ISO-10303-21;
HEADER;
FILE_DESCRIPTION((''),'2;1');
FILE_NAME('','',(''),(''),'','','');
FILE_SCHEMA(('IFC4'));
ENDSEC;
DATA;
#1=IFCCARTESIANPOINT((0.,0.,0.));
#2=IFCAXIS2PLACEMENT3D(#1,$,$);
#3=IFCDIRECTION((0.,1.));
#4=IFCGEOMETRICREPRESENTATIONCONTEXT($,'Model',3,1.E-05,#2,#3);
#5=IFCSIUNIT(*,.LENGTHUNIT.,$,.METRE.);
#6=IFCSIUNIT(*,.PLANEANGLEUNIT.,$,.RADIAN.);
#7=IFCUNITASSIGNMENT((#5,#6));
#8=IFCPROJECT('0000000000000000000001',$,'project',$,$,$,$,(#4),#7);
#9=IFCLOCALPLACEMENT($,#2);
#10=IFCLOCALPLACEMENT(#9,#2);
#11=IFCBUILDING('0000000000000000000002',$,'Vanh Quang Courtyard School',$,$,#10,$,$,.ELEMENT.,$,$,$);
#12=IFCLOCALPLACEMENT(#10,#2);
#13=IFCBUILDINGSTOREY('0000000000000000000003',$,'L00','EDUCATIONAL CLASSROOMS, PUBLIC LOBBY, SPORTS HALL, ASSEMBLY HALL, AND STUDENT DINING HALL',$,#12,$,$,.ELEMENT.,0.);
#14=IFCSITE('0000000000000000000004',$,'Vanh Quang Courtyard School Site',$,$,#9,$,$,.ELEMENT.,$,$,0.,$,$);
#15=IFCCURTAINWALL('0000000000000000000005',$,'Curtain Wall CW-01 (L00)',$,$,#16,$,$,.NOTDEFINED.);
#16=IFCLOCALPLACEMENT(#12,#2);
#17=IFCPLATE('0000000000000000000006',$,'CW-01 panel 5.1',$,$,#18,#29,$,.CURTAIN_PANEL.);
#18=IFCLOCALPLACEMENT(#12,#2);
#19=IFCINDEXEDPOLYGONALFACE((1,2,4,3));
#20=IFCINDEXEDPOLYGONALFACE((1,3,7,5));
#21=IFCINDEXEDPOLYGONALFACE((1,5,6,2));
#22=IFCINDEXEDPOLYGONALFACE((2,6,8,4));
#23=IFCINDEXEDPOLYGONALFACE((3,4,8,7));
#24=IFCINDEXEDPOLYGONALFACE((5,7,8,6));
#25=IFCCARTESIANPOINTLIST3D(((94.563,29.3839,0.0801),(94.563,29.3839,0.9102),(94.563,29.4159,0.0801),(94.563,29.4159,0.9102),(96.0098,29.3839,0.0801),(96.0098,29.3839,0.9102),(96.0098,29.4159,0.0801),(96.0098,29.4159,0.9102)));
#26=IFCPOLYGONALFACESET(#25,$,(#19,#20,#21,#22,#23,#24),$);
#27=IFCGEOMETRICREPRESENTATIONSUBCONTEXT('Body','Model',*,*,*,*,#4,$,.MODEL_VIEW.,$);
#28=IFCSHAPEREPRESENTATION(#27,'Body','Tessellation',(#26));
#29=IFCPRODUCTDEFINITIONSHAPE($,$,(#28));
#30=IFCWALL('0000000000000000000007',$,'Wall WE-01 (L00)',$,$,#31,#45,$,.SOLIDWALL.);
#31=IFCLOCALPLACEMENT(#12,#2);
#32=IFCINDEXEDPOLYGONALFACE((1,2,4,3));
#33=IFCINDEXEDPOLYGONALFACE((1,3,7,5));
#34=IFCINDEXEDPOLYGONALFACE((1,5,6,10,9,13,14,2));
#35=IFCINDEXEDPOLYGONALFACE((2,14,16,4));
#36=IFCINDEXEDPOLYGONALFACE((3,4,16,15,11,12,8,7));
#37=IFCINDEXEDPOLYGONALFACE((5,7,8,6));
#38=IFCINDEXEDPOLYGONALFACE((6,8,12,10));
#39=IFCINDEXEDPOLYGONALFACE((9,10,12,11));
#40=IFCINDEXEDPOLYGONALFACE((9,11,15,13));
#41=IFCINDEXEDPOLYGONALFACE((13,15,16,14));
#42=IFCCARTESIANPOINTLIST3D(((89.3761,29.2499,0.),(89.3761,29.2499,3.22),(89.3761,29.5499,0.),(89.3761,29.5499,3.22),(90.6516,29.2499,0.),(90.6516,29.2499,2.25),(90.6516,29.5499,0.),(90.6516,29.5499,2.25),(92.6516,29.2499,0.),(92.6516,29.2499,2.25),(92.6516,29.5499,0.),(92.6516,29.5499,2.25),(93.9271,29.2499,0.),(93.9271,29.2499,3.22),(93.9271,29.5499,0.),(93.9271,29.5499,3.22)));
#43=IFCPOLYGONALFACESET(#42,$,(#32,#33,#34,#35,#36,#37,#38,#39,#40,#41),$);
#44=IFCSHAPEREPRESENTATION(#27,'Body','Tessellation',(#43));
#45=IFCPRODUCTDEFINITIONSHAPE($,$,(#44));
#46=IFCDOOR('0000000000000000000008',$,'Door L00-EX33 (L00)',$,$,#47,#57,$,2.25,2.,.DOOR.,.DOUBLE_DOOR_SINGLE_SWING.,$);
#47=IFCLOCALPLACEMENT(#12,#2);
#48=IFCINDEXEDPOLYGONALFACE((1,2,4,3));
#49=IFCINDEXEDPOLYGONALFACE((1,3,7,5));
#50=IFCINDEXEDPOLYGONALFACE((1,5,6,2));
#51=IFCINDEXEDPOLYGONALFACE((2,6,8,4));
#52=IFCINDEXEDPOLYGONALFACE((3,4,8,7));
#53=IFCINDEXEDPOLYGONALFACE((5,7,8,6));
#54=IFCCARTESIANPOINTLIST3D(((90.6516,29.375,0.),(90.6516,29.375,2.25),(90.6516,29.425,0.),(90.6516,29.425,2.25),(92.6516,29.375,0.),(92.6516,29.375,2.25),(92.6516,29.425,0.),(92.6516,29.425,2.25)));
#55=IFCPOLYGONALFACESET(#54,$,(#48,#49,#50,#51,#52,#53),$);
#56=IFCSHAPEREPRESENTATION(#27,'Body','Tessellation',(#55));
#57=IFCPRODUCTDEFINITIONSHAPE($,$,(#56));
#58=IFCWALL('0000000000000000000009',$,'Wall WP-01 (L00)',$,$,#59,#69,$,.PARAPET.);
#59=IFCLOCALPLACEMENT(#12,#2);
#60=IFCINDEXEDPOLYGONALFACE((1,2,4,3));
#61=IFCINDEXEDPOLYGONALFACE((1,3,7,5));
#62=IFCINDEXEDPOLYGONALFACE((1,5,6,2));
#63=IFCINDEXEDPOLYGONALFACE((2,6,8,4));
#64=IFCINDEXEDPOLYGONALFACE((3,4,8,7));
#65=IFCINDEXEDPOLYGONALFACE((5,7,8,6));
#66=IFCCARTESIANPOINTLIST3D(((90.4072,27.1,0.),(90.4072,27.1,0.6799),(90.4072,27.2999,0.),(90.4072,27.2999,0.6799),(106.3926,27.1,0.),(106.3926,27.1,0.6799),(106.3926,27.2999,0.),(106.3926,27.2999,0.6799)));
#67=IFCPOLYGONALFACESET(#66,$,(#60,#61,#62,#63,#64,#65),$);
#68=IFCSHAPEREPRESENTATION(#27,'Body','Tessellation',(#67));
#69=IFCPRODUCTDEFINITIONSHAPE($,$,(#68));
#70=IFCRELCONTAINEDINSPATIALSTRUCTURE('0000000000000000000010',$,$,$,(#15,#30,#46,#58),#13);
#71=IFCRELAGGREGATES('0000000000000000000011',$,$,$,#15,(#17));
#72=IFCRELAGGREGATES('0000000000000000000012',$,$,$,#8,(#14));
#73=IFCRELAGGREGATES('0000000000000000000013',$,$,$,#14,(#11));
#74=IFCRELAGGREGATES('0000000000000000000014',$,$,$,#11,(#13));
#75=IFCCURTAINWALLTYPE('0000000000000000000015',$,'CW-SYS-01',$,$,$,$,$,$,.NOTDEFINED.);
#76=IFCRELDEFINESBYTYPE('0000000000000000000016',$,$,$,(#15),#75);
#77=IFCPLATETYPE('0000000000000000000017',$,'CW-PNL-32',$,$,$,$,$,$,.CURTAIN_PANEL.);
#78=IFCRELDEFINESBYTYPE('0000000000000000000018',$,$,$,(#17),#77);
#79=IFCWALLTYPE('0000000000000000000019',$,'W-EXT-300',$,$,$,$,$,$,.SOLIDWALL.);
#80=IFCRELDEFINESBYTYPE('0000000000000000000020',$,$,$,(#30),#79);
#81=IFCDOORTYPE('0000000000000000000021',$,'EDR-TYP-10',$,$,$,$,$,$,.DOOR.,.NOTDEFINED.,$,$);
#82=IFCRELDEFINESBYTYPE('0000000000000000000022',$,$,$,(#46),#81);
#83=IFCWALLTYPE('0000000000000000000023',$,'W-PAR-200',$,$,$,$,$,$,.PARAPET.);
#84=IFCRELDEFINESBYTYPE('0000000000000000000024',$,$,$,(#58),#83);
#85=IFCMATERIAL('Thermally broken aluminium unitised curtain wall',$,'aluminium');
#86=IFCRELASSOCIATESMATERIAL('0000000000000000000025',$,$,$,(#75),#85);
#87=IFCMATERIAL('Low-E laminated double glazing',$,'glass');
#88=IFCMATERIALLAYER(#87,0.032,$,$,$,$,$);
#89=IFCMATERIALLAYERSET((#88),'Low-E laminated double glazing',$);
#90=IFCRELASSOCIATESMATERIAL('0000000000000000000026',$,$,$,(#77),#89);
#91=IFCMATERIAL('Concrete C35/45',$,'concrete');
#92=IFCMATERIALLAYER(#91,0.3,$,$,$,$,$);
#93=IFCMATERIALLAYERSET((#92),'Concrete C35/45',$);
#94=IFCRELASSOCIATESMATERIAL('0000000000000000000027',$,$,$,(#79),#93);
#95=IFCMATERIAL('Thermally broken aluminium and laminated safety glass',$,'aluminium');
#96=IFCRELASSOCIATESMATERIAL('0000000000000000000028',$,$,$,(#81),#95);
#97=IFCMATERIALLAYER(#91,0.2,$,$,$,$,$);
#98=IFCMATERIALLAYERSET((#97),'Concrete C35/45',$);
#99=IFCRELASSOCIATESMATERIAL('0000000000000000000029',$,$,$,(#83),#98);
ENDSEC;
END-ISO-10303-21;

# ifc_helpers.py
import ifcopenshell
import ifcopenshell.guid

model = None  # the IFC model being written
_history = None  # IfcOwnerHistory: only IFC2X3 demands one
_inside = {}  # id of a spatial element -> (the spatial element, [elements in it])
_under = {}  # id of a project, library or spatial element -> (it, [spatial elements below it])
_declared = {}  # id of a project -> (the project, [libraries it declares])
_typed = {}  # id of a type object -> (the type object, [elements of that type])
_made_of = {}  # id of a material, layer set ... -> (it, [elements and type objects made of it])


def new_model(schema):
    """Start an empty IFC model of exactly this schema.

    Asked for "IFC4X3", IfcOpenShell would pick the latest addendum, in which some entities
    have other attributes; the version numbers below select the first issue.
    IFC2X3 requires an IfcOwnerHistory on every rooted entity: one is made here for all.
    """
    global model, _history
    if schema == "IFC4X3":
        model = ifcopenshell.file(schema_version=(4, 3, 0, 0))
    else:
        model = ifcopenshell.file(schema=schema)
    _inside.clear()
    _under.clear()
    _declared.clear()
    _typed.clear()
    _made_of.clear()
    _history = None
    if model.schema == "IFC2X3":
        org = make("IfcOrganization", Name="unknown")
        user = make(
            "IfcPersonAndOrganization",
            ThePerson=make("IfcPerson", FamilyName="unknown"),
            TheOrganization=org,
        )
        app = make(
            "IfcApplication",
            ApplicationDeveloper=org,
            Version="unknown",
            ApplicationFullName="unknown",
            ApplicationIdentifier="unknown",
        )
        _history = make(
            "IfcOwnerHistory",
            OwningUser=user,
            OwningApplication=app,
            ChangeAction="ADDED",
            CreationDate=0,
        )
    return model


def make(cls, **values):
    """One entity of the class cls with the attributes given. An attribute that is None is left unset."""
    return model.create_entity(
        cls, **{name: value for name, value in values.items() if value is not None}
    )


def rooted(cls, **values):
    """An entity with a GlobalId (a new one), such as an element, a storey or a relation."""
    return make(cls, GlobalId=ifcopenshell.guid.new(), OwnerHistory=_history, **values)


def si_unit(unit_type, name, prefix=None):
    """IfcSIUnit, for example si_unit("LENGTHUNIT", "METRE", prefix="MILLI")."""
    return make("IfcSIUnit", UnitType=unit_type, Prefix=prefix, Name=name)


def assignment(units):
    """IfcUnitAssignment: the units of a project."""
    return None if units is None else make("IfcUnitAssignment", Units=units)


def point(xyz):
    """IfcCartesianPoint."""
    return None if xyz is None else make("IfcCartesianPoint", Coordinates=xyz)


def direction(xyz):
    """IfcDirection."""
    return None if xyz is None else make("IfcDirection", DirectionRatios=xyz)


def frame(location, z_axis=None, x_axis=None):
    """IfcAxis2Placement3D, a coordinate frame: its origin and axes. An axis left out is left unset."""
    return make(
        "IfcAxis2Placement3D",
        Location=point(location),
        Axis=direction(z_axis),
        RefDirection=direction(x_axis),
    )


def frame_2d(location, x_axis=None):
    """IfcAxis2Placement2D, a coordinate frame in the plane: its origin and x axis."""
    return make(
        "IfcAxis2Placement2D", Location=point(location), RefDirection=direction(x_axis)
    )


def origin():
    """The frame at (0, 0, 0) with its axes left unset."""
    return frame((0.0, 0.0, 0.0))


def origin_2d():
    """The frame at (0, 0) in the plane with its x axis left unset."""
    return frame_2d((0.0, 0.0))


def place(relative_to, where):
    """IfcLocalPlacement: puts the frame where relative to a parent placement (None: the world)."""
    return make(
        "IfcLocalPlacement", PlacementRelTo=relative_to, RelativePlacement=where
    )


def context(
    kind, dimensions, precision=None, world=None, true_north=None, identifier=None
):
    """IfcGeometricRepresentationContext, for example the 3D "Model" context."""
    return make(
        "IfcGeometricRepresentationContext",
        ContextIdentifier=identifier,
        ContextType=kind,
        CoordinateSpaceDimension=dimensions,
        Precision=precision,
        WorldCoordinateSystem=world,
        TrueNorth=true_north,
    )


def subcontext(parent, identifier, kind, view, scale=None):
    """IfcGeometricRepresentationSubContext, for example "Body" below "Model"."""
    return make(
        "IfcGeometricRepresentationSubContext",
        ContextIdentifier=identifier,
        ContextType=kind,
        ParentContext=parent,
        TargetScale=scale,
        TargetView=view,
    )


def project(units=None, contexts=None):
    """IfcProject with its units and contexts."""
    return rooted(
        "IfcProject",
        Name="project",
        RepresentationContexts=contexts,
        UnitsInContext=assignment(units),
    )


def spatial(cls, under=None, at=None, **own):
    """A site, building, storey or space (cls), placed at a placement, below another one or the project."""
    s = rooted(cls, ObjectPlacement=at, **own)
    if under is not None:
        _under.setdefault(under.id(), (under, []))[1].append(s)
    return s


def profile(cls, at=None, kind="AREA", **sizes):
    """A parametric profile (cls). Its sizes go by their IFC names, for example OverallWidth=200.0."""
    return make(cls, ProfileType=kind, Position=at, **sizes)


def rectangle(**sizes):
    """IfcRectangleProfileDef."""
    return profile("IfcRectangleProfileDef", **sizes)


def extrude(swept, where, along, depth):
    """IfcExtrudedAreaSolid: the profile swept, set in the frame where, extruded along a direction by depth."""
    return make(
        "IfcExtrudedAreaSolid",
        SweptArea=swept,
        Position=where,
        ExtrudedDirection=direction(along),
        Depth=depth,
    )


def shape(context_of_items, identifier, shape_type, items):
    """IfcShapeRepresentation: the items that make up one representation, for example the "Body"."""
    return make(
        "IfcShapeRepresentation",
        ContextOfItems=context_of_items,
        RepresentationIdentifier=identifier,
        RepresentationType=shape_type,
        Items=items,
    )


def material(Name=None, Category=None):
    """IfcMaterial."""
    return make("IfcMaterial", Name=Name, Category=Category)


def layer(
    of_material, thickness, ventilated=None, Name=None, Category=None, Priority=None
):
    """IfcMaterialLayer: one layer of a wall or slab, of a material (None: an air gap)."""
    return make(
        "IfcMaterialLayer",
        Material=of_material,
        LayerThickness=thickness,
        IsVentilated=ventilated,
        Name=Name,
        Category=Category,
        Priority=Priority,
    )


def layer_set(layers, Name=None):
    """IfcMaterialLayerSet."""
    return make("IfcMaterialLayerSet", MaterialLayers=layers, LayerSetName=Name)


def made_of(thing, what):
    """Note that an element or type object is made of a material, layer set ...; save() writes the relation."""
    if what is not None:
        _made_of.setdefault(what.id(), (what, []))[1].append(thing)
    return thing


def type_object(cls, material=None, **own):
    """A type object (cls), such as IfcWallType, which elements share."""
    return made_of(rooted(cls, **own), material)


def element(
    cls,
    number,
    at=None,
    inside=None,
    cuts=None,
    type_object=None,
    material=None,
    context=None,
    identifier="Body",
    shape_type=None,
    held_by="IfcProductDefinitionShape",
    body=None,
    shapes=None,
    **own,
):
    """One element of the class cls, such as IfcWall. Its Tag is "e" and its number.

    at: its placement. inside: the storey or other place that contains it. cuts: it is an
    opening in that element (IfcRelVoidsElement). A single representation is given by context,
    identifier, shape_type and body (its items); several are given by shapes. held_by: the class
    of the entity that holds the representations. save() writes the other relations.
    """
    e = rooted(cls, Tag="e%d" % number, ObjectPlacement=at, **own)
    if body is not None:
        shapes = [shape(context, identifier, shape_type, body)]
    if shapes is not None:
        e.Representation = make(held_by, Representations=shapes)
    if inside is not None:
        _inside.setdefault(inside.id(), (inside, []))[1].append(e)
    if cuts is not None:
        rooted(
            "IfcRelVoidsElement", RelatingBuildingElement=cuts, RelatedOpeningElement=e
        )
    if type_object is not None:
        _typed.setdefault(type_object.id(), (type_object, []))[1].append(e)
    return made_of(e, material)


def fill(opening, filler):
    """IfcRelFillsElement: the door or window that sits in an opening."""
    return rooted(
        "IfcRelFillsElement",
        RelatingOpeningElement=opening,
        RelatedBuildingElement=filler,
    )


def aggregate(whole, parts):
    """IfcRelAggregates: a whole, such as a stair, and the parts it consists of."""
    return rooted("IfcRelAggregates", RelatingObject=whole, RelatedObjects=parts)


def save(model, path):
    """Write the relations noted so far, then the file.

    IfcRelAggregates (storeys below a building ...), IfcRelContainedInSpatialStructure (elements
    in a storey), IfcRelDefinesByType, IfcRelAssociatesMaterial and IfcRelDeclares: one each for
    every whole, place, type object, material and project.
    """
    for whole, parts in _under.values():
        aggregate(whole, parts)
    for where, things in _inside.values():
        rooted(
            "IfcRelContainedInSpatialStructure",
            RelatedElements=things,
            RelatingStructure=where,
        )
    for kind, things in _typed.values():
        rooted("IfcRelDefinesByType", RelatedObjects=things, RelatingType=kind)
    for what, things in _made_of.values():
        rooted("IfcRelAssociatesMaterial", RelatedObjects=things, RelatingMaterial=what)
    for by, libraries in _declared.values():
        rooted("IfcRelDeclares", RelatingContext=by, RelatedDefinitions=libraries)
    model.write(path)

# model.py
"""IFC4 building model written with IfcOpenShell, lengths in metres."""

from ifc_helpers import new_model, si_unit, direction, frame, frame_2d, origin, origin_2d, place, context, subcontext, project, spatial, rectangle, extrude, material, layer, layer_set, type_object, element, fill, aggregate, save


model = new_model("IFC4")

# Units and contexts
model_context = context("Model", 3, precision=1e-05, world=origin(), true_north=direction((0.0, 1.0)))
body_context = subcontext(model_context, "Body", "Model", "MODEL_VIEW")
ifc_project = project(units=[si_unit("LENGTHUNIT", "METRE"), si_unit("PLANEANGLEUNIT", "RADIAN")], contexts=[model_context])

# Site, building, storey
site_placement = place(None, origin())
site = spatial("IfcSite", under=ifc_project, at=site_placement, Name="Vanh Quang Courtyard School Site", CompositionType="ELEMENT", RefElevation=0.0)
building_placement = place(site_placement, origin())
building = spatial("IfcBuilding", under=site, at=building_placement, Name="Vanh Quang Courtyard School", CompositionType="ELEMENT")
storey_placement = place(building_placement, origin())
storey = spatial("IfcBuildingStorey", under=building, at=storey_placement, Name="L00", Description="EDUCATIONAL CLASSROOMS, PUBLIC LOBBY, SPORTS HALL, ASSEMBLY HALL, AND STUDENT DINING HALL", CompositionType="ELEMENT", Elevation=0.0)

# Shared definitions
ifc_material_1 = material(Name="Concrete C35/45", Category="concrete")

# Shared definitions
ifc_material_2 = material(Name="Thermally broken aluminium unitised curtain wall", Category="aluminium")

# Curtain wall
curtain_wall_type_1 = type_object("IfcCurtainWallType", Name="CW-SYS-01", PredefinedType="NOTDEFINED", material=ifc_material_2)
curtain_wall_1_placement = place(storey_placement, origin())
curtain_wall_1 = element("IfcCurtainWall", 1, at=curtain_wall_1_placement, inside=storey, type_object=curtain_wall_type_1, Name="Curtain Wall CW-01 (L00)", PredefinedType="NOTDEFINED")

# Plate
ifc_material_3 = material(Name="Low-E laminated double glazing", Category="glass")
ifc_layer_1 = layer(ifc_material_3, 0.032)
ifc_layer_set_1 = layer_set([ifc_layer_1], Name="Low-E laminated double glazing")
plate_type_1 = type_object("IfcPlateType", Name="CW-PNL-32", PredefinedType="CURTAIN_PANEL", material=ifc_layer_set_1)
plate_1_placement = place(storey_placement, frame((95.2864, 29.3999, 0.0801), z_axis=(0.0, 0.0, 1.0), x_axis=(-1.0, 0.0, 0.0)))
plate_1 = element("IfcPlate", 2, at=plate_1_placement, type_object=plate_type_1, Name="CW-01 panel 5.1", PredefinedType="CURTAIN_PANEL", context=body_context, shape_type="SweptSolid", body=[
    extrude(rectangle(XDim=1.4468, YDim=0.032, at=origin_2d()), origin(), (0.0, 0.0, 1.0), 0.8301),
])
aggregate(curtain_wall_1, [plate_1])

# Wall, opening, door
ifc_layer_2 = layer(ifc_material_1, 0.3)
ifc_layer_set_2 = layer_set([ifc_layer_2], Name="Concrete C35/45")
wall_type_1 = type_object("IfcWallType", Name="W-EXT-300", PredefinedType="SOLIDWALL", material=ifc_layer_set_2)
wall_1_placement = place(storey_placement, frame((93.927, 29.3999, 0.0), z_axis=(0.0, 0.0, 1.0), x_axis=(-1.0, 0.0, 0.0)))
wall_1 = element("IfcWall", 3, at=wall_1_placement, inside=storey, type_object=wall_type_1, Name="Wall WE-01 (L00)", PredefinedType="SOLIDWALL", context=body_context, shape_type="SweptSolid", body=[
    extrude(rectangle(XDim=4.551, YDim=0.3, at=frame_2d((2.2754, 0.0))), origin(), (0.0, 0.0, 1.0), 3.22),
])
opening_placement = place(wall_1_placement, frame((1.2754, 0.0, 0.0)))
opening = element("IfcOpeningElement", 4, at=opening_placement, cuts=wall_1, PredefinedType="OPENING", context=body_context, shape_type="SweptSolid", body=[
    extrude(rectangle(XDim=2.0, YDim=2.25, at=frame_2d((1.0, 1.125))), frame((0.0, 0.1602, 0.0), z_axis=(0.0, -1.0, 0.0), x_axis=(1.0, 0.0, 0.0)), (0.0, 0.0, 1.0), 0.3201),
])
ifc_material_4 = material(Name="Thermally broken aluminium and laminated safety glass", Category="aluminium")
door_type = type_object("IfcDoorType", Name="EDR-TYP-10", OperationType="NOTDEFINED", PredefinedType="DOOR", material=ifc_material_4)
door_placement = place(opening_placement, origin())
door = element("IfcDoor", 5, at=door_placement, inside=storey, type_object=door_type, Name="Door L00-EX33 (L00)", OperationType="DOUBLE_DOOR_SINGLE_SWING", OverallHeight=2.25, OverallWidth=2.0, PredefinedType="DOOR", context=body_context, shape_type="SweptSolid", body=[
    extrude(rectangle(XDim=2.0, YDim=2.25, at=frame_2d((1.0, 1.125))), frame((0.0, 0.0249, 0.0), z_axis=(0.0, -1.0, 0.0), x_axis=(1.0, 0.0, 0.0)), (0.0, 0.0, 1.0), 0.05),
])
fill(opening, door)

# Wall
ifc_layer_3 = layer(ifc_material_1, 0.2)
ifc_layer_set_3 = layer_set([ifc_layer_3], Name="Concrete C35/45")
wall_type_2 = type_object("IfcWallType", Name="W-PAR-200", PredefinedType="PARAPET", material=ifc_layer_set_3)
wall_2_placement = place(storey_placement, frame((90.4072, 27.2, 0.0), z_axis=(0.0, 0.0, 1.0), x_axis=(1.0, 0.0, 0.0)))
element("IfcWall", 6, at=wall_2_placement, inside=storey, type_object=wall_type_2, Name="Wall WP-01 (L00)", PredefinedType="PARAPET", context=body_context, shape_type="SweptSolid", body=[
    extrude(rectangle(XDim=15.9854, YDim=0.2, at=frame_2d((7.9927, 0.0))), origin(), (0.0, 0.0, 1.0), 0.6799),
])

save(model, "model.ifc")
